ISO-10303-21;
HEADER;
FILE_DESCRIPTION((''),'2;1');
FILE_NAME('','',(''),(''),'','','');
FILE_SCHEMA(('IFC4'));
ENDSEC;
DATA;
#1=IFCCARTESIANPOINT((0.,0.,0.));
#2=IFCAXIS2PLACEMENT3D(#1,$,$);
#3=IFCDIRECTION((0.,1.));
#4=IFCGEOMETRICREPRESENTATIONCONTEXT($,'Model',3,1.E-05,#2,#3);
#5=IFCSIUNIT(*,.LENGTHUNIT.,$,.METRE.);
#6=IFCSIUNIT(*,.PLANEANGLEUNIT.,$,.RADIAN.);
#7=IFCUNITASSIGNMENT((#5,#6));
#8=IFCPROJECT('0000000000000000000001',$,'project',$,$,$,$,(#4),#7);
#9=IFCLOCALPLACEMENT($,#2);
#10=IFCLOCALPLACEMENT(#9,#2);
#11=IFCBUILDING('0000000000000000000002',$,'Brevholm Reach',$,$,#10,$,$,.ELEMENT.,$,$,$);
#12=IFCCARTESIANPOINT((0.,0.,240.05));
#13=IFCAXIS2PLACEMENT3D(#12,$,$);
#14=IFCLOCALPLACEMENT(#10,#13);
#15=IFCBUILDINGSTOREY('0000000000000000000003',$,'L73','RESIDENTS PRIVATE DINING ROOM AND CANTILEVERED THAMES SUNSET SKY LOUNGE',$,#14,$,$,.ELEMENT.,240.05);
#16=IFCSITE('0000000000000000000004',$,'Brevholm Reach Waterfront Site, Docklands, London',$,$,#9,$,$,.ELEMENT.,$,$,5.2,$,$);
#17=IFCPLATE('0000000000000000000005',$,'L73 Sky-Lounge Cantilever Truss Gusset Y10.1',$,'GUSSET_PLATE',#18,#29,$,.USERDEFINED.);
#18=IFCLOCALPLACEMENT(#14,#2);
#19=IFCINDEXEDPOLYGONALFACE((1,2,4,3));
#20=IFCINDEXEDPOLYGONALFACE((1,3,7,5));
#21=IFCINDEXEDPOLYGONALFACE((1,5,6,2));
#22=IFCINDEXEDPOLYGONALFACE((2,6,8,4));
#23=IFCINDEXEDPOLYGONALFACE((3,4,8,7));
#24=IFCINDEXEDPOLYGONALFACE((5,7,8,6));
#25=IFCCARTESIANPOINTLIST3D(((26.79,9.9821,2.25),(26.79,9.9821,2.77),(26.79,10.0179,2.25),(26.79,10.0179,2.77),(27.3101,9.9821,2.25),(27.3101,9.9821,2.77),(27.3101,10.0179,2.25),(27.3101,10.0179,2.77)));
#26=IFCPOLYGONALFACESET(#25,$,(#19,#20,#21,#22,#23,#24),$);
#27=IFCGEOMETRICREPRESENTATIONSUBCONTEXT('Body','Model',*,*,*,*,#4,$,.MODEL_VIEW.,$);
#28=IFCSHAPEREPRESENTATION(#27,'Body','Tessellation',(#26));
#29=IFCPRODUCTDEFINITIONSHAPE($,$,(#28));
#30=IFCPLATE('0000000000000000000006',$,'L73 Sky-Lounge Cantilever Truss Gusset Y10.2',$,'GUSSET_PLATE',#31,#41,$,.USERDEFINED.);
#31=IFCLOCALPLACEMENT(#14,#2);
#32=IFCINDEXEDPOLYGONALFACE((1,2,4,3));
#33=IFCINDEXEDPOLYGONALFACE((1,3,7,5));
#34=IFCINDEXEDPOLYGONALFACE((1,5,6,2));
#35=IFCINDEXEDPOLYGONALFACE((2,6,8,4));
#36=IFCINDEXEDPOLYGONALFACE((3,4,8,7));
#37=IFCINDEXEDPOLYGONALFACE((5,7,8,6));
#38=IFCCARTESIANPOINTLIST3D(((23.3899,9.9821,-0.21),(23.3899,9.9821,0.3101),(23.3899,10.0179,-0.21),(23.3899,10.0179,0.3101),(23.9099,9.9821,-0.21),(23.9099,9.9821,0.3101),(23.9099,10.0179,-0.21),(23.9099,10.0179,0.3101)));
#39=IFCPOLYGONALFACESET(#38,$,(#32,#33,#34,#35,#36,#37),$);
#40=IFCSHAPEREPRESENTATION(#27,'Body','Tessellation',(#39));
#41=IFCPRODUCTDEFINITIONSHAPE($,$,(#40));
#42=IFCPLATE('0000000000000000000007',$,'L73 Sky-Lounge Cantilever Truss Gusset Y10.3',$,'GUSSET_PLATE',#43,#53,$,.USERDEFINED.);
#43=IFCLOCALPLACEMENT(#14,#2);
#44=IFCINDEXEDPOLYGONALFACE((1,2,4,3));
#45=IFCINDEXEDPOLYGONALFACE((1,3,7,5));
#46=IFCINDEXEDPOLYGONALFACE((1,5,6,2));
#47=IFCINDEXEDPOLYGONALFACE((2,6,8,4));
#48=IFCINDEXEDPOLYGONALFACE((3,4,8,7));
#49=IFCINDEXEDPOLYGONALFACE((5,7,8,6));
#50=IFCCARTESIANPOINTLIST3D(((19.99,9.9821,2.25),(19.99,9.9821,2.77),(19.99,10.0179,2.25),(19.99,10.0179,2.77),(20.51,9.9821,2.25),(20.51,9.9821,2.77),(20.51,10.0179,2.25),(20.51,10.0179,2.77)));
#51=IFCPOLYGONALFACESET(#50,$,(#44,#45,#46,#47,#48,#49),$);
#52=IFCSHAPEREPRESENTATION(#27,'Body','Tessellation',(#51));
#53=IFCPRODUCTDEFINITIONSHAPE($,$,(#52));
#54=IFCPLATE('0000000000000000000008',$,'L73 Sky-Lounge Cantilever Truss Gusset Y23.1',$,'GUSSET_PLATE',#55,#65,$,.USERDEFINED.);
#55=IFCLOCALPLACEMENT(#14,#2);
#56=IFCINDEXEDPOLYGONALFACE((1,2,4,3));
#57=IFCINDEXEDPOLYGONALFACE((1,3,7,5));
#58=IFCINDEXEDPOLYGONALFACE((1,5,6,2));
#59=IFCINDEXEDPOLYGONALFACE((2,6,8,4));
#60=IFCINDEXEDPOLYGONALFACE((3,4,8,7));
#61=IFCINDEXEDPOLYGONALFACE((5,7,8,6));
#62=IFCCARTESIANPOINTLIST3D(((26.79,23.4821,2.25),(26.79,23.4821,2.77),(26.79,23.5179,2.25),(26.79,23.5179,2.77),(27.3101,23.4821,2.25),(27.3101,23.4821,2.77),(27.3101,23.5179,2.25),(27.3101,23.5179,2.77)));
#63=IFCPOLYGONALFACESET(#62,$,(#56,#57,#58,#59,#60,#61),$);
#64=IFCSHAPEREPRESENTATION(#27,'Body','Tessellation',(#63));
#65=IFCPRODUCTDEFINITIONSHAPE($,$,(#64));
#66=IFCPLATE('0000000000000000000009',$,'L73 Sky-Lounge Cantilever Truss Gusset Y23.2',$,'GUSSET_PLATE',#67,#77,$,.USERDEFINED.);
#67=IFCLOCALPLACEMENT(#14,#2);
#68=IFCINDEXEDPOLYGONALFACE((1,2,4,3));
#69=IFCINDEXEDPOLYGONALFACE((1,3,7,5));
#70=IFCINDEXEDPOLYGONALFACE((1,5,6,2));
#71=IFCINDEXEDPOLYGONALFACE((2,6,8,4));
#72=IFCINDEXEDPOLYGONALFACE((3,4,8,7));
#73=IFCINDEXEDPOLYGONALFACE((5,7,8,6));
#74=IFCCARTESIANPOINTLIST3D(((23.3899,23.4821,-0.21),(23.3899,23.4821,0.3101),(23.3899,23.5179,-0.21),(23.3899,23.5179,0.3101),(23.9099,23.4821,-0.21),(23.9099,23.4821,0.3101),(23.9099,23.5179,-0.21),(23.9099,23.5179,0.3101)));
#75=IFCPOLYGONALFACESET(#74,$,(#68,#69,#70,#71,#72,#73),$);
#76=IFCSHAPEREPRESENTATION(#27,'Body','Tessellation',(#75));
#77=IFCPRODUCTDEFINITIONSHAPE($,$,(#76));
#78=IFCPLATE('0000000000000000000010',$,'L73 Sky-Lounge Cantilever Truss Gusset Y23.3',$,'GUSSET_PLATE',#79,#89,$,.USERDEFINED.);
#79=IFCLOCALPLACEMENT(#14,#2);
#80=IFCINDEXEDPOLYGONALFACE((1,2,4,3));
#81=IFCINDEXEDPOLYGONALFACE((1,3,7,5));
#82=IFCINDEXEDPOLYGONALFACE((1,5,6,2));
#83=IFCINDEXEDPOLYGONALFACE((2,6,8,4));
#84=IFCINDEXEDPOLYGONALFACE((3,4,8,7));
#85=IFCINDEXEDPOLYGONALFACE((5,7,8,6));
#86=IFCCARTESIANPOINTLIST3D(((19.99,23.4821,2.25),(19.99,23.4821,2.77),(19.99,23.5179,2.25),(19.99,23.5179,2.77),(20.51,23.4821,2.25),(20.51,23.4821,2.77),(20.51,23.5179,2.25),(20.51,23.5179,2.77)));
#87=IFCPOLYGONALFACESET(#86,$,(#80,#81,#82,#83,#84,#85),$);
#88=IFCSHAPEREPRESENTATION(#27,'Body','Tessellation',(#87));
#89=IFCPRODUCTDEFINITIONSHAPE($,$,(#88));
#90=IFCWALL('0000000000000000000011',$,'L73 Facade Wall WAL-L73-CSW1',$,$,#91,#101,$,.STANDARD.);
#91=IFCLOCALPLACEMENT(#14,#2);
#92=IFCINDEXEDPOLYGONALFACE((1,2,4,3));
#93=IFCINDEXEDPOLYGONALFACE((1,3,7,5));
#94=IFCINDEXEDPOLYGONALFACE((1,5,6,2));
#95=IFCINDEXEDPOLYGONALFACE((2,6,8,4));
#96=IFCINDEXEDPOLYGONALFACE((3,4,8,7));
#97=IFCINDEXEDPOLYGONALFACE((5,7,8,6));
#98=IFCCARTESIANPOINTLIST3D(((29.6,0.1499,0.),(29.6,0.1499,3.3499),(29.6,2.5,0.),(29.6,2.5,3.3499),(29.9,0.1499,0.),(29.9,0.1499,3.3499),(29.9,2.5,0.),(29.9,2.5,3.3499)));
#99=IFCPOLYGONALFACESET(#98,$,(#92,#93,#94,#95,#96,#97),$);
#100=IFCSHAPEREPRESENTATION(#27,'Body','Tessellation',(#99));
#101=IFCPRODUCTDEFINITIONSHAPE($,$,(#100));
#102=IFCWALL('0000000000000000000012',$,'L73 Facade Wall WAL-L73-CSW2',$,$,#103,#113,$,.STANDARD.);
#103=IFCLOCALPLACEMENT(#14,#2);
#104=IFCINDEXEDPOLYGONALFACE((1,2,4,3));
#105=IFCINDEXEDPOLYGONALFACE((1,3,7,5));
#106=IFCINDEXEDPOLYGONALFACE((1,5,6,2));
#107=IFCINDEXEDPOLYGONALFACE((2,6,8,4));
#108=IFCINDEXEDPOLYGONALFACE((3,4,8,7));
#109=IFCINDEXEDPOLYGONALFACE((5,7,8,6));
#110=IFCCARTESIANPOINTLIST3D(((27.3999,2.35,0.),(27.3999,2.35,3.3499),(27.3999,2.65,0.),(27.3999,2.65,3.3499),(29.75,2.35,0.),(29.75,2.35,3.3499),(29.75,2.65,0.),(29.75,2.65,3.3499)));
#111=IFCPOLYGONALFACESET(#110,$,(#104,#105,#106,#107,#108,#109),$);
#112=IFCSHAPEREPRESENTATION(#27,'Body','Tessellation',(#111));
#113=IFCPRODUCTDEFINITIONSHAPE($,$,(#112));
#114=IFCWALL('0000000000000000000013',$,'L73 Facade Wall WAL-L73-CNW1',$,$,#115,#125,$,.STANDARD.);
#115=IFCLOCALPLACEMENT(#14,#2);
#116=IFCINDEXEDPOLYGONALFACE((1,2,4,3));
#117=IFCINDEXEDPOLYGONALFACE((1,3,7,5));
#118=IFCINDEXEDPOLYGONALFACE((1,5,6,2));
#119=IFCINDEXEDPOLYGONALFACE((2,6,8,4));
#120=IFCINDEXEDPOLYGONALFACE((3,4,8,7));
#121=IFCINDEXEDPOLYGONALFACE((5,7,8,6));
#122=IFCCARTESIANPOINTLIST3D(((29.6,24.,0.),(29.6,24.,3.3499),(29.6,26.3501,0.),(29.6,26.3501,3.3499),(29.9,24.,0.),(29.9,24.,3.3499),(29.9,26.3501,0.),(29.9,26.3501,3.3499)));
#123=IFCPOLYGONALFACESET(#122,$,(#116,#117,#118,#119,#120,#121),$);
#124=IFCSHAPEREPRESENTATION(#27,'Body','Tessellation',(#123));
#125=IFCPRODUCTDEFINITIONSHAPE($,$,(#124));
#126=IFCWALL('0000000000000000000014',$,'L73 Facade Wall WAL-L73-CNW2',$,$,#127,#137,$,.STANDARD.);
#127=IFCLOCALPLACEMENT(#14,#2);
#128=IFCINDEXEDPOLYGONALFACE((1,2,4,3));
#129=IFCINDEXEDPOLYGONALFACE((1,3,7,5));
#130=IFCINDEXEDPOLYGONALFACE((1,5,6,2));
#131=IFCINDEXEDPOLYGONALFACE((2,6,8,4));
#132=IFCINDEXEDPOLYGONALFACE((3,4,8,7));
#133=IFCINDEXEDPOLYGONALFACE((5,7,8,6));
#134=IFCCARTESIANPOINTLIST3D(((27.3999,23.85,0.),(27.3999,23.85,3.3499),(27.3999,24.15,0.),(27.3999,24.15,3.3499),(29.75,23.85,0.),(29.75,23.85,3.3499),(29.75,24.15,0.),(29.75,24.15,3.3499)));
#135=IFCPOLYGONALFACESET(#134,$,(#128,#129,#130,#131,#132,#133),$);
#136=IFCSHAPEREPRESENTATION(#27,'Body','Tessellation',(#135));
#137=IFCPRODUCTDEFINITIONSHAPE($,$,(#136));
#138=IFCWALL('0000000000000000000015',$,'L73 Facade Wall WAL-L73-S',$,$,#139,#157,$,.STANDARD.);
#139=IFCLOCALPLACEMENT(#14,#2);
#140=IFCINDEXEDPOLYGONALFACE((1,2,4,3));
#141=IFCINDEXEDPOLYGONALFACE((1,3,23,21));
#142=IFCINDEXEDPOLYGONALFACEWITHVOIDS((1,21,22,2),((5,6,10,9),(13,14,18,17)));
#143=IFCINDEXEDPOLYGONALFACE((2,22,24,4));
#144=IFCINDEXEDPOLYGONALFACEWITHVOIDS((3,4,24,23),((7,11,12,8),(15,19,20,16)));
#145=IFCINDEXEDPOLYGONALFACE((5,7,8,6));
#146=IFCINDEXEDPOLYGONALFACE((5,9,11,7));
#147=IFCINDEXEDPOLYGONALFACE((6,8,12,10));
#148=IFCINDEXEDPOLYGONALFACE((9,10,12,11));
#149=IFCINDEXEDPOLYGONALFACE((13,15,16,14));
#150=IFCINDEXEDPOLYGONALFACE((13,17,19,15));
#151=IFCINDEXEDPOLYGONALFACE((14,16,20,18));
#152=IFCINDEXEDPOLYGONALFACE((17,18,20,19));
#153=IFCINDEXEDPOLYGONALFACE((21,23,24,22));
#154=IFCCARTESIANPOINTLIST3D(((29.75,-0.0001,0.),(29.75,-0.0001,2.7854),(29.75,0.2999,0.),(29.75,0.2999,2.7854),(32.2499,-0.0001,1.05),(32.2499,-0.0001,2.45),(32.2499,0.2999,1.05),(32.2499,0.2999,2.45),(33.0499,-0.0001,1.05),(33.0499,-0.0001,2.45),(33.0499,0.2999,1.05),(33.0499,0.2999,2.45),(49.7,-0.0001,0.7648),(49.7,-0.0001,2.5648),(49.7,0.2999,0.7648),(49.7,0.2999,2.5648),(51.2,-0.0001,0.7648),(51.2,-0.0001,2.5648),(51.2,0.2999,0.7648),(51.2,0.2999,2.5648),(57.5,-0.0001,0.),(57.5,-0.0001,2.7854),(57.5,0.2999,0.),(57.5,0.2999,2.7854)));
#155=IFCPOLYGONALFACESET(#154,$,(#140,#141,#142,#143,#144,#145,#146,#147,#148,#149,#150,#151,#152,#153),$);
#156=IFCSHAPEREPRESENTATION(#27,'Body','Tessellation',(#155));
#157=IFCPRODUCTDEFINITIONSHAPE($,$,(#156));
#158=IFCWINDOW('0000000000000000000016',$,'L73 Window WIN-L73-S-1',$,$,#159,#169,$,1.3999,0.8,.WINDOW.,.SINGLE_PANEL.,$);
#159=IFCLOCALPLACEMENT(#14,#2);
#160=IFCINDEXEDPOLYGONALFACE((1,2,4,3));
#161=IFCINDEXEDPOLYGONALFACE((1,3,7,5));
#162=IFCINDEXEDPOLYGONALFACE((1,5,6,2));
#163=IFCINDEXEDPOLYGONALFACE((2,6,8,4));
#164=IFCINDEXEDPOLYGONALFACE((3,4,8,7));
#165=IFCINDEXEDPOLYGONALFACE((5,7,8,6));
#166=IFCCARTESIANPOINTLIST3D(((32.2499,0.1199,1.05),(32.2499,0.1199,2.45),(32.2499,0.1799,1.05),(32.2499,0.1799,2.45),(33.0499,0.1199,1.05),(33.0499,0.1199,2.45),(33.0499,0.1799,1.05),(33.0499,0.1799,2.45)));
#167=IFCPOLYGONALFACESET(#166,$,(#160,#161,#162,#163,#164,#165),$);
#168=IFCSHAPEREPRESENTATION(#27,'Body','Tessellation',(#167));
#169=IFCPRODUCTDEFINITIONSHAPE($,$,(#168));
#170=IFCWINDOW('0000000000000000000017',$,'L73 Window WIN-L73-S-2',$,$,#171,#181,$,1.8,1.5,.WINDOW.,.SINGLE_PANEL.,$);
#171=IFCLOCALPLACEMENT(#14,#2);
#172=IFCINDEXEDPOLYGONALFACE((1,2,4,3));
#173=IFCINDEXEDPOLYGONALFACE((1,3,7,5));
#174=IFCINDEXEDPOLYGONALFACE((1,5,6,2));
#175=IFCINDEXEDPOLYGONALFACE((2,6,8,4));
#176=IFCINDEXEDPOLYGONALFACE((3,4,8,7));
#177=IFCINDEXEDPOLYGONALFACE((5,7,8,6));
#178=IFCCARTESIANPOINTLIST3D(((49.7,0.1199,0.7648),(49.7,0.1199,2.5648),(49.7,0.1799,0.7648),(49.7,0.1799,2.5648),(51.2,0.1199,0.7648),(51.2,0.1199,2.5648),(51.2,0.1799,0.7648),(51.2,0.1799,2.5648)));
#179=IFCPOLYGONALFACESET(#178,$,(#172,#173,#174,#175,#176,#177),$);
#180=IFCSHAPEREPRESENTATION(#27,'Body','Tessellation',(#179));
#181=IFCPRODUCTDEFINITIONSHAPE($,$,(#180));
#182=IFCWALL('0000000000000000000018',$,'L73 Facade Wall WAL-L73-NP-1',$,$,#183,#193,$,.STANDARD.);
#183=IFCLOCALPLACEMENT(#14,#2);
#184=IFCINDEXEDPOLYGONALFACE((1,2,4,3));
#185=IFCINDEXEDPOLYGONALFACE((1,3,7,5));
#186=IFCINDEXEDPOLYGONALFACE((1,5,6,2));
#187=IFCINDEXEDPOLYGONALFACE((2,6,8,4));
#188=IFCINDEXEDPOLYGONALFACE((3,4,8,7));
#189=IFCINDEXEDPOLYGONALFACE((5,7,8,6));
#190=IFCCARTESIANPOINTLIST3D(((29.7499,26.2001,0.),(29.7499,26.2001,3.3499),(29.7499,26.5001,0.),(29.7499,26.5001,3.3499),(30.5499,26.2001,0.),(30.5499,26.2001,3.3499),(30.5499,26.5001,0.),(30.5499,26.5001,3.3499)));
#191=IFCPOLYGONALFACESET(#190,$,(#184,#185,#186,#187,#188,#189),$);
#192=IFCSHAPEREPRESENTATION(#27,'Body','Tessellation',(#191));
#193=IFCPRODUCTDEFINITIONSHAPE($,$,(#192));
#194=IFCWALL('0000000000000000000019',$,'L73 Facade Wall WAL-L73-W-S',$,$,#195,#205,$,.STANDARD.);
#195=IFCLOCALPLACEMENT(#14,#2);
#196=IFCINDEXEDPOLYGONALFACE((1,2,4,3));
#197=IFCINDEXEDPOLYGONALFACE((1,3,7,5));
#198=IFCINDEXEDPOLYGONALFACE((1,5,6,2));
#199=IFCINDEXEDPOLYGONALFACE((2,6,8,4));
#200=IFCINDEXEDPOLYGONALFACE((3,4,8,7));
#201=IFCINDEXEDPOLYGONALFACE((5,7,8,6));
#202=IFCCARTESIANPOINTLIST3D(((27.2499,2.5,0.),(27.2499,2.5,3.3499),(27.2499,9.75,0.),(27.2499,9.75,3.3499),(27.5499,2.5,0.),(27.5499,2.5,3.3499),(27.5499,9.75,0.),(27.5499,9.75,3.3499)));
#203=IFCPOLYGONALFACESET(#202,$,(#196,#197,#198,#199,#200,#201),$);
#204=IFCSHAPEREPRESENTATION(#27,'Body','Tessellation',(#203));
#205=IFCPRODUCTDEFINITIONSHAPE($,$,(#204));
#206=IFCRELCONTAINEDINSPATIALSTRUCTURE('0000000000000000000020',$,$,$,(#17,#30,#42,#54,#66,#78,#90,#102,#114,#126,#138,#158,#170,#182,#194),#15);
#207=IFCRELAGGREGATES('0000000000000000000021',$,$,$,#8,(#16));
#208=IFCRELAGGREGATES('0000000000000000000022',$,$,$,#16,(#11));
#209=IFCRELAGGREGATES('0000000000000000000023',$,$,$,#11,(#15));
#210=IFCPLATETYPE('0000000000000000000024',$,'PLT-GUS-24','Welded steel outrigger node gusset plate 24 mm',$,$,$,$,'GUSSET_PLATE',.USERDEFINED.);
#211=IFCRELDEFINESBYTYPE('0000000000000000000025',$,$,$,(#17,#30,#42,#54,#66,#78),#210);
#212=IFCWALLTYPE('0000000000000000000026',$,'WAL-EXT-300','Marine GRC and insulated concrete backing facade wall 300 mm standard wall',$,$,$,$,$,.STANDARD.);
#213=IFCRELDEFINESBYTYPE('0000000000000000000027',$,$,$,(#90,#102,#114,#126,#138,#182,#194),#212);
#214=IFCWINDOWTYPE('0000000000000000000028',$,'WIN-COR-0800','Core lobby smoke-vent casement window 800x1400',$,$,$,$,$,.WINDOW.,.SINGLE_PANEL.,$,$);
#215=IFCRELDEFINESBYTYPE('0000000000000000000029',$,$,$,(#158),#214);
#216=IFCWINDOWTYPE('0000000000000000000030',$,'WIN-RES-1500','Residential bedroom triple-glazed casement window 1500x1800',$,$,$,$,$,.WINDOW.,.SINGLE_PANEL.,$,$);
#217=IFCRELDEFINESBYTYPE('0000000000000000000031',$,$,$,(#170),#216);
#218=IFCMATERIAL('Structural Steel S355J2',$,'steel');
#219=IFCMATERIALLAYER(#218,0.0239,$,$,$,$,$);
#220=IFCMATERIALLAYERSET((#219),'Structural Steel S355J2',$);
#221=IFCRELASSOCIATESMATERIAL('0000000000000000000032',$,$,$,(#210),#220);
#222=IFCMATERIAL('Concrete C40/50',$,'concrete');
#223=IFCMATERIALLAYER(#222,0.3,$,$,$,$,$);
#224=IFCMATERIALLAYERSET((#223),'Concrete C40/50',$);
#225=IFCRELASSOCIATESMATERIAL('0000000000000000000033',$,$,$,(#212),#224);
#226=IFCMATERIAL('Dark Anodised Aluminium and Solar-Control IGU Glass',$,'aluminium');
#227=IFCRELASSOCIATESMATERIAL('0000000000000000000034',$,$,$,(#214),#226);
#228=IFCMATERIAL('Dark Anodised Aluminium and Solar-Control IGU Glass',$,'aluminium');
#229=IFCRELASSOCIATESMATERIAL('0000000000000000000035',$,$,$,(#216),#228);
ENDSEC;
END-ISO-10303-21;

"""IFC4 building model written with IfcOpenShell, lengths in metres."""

from ifc_helpers import new_model, si_unit, direction, frame, frame_2d, origin, origin_2d, place, context, subcontext, project, spatial, rectangle, extrude, material, layer, layer_set, type_object, element, fill, save


model = new_model("IFC4")

# Units and contexts
model_context = context("Model", 3, precision=1e-05, world=origin(), true_north=direction((0.0, 1.0)))
body_context = subcontext(model_context, "Body", "Model", "MODEL_VIEW")
ifc_project = project(units=[si_unit("LENGTHUNIT", "METRE"), si_unit("PLANEANGLEUNIT", "RADIAN")], contexts=[model_context])

# Site, building, storey
site_placement = place(None, origin())
site = spatial("IfcSite", under=ifc_project, at=site_placement, Name="Brevholm Reach Waterfront Site, Docklands, London", CompositionType="ELEMENT", RefElevation=5.2)
building_placement = place(site_placement, origin())
building = spatial("IfcBuilding", under=site, at=building_placement, Name="Brevholm Reach", CompositionType="ELEMENT")
storey_placement = place(building_placement, frame((0.0, 0.0, 240.05)))
storey = spatial("IfcBuildingStorey", under=building, at=storey_placement, Name="L73", Description="RESIDENTS PRIVATE DINING ROOM AND CANTILEVERED THAMES SUNSET SKY LOUNGE", CompositionType="ELEMENT", Elevation=240.05)

# Plates
ifc_material_1 = material(Name="Structural Steel S355J2", Category="steel")
ifc_layer_1 = layer(ifc_material_1, 0.0239)
ifc_layer_set_1 = layer_set([ifc_layer_1], Name="Structural Steel S355J2")
plate_type = type_object("IfcPlateType", Name="PLT-GUS-24", Description="Welded steel outrigger node gusset plate 24 mm", ElementType="GUSSET_PLATE", PredefinedType="USERDEFINED", material=ifc_layer_set_1)
for number, where, z_axis, x_axis, name in (
    (1, (27.05, 10.0, 2.25), (0.0, 0.0, 1.0), (1.0, 0.0, 0.0), "L73 Sky-Lounge Cantilever Truss Gusset Y10.1"),
    (2, (23.6499, 10.0, -0.21), (0.0, 0.0, 1.0), (1.0, 0.0, 0.0), "L73 Sky-Lounge Cantilever Truss Gusset Y10.2"),
    (3, (20.25, 10.0, 2.25), (0.0, 0.0, 1.0), (1.0, 0.0, 0.0), "L73 Sky-Lounge Cantilever Truss Gusset Y10.3"),
    (4, (27.05, 23.5, 2.25), (0.0, 0.0, 1.0), (1.0, 0.0, 0.0), "L73 Sky-Lounge Cantilever Truss Gusset Y23.1"),
    (5, (23.6499, 23.5, -0.21), (0.0, 0.0, 1.0), (1.0, 0.0, 0.0), "L73 Sky-Lounge Cantilever Truss Gusset Y23.2"),
    (6, (20.25, 23.5, 2.25), (0.0, 0.0, 1.0), (1.0, 0.0, 0.0), "L73 Sky-Lounge Cantilever Truss Gusset Y23.3"),
):
    element("IfcPlate", number, at=place(storey_placement, frame(where, z_axis=z_axis, x_axis=x_axis)), inside=storey, type_object=plate_type, Name=name, ObjectType="GUSSET_PLATE", PredefinedType="USERDEFINED", context=body_context, shape_type="SweptSolid", body=[
        extrude(rectangle(XDim=0.52, YDim=0.0359, at=origin_2d()), origin(), (0.0, 0.0, 1.0), 0.52),
    ])

# Walls
ifc_material_2 = material(Name="Concrete C40/50", Category="concrete")
ifc_layer_2 = layer(ifc_material_2, 0.3)
ifc_layer_set_2 = layer_set([ifc_layer_2], Name="Concrete C40/50")
wall_type = type_object("IfcWallType", Name="WAL-EXT-300", Description="Marine GRC and insulated concrete backing facade wall 300 mm standard wall", PredefinedType="STANDARD", material=ifc_layer_set_2)
for number, where, z_axis, x_axis, name in (
    (7, (29.75, 2.5, 0.0), (0.0, 0.0, 1.0), (0.0, -1.0, 0.0), "L73 Facade Wall WAL-L73-CSW1"),
    (8, (27.3999, 2.5, 0.0), (0.0, 0.0, 1.0), (1.0, 0.0, 0.0), "L73 Facade Wall WAL-L73-CSW2"),
    (9, (29.75, 26.3501, 0.0), (0.0, 0.0, 1.0), (0.0, -1.0, 0.0), "L73 Facade Wall WAL-L73-CNW1"),
    (10, (29.75, 24.0, 0.0), (0.0, 0.0, 1.0), (-1.0, 0.0, 0.0), "L73 Facade Wall WAL-L73-CNW2"),
):
    element("IfcWall", number, at=place(storey_placement, frame(where, z_axis=z_axis, x_axis=x_axis)), inside=storey, type_object=wall_type, Name=name, PredefinedType="STANDARD", context=body_context, shape_type="SweptSolid", body=[
        extrude(rectangle(XDim=2.3501, YDim=0.3, at=frame_2d((1.175, 0.0))), origin(), (0.0, 0.0, 1.0), 3.3499),
    ])

# Wall, openings, windows
wall_1_placement = place(storey_placement, frame((29.75, 0.1499, 0.0), z_axis=(0.0, 0.0, 1.0), x_axis=(1.0, 0.0, 0.0)))
wall_1 = element("IfcWall", 11, at=wall_1_placement, inside=storey, type_object=wall_type, Name="L73 Facade Wall WAL-L73-S", PredefinedType="STANDARD", context=body_context, shape_type="SweptSolid", body=[
    extrude(rectangle(XDim=27.75, YDim=0.3, at=frame_2d((13.875, 0.0))), origin(), (0.0, 0.0, 1.0), 2.7854),
])
opening_1_placement = place(wall_1_placement, frame((2.5, 0.0, 1.05)))
opening_1 = element("IfcOpeningElement", 12, at=opening_1_placement, cuts=wall_1, PredefinedType="OPENING", context=body_context, shape_type="SweptSolid", body=[
    extrude(rectangle(XDim=0.8, YDim=1.3999, at=frame_2d((0.3999, 0.7))), frame((0.0, 0.1599, 0.0), z_axis=(0.0, -1.0, 0.0), x_axis=(1.0, 0.0, 0.0)), (0.0, 0.0, 1.0), 0.3201),
])
opening_2_placement = place(wall_1_placement, frame((19.95, 0.0, 0.7649)))
opening_2 = element("IfcOpeningElement", 13, at=opening_2_placement, cuts=wall_1, PredefinedType="OPENING", context=body_context, shape_type="SweptSolid", body=[
    extrude(rectangle(XDim=1.5, YDim=1.8, at=frame_2d((0.75, 0.8999))), frame((0.0, 0.1599, 0.0), z_axis=(0.0, -1.0, 0.0), x_axis=(1.0, 0.0, 0.0)), (0.0, 0.0, 1.0), 0.3201),
])
ifc_material_3 = material(Name="Dark Anodised Aluminium and Solar-Control IGU Glass", Category="aluminium")
window_type_1 = type_object("IfcWindowType", Name="WIN-COR-0800", Description="Core lobby smoke-vent casement window 800x1400", PartitioningType="SINGLE_PANEL", PredefinedType="WINDOW", material=ifc_material_3)
window_1_placement = place(opening_1_placement, origin())
window_1 = element("IfcWindow", 14, at=window_1_placement, inside=storey, type_object=window_type_1, Name="L73 Window WIN-L73-S-1", OverallHeight=1.3999, OverallWidth=0.8, PartitioningType="SINGLE_PANEL", PredefinedType="WINDOW", context=body_context, shape_type="SweptSolid", body=[
    extrude(rectangle(XDim=0.8, YDim=1.3999, at=frame_2d((0.3999, 0.7))), frame((0.0, 0.03, 0.0), z_axis=(0.0, -1.0, 0.0), x_axis=(1.0, 0.0, 0.0)), (0.0, 0.0, 1.0), 0.0601),
])
fill(opening_1, window_1)
ifc_material_4 = material(Name="Dark Anodised Aluminium and Solar-Control IGU Glass", Category="aluminium")
window_type_2 = type_object("IfcWindowType", Name="WIN-RES-1500", Description="Residential bedroom triple-glazed casement window 1500x1800", PartitioningType="SINGLE_PANEL", PredefinedType="WINDOW", material=ifc_material_4)
window_2_placement = place(opening_2_placement, origin())
window_2 = element("IfcWindow", 15, at=window_2_placement, inside=storey, type_object=window_type_2, Name="L73 Window WIN-L73-S-2", OverallHeight=1.8, OverallWidth=1.5, PartitioningType="SINGLE_PANEL", PredefinedType="WINDOW", context=body_context, shape_type="SweptSolid", body=[
    extrude(rectangle(XDim=1.5, YDim=1.8, at=frame_2d((0.75, 0.8999))), frame((0.0, 0.03, 0.0), z_axis=(0.0, -1.0, 0.0), x_axis=(1.0, 0.0, 0.0)), (0.0, 0.0, 1.0), 0.0601),
])
fill(opening_2, window_2)

# Walls
wall_2_placement = place(storey_placement, frame((29.75, 26.3501, 0.0), z_axis=(0.0, 0.0, 1.0), x_axis=(1.0, 0.0, 0.0)))
element("IfcWall", 16, at=wall_2_placement, inside=storey, type_object=wall_type, Name="L73 Facade Wall WAL-L73-NP-1", PredefinedType="STANDARD", context=body_context, shape_type="SweptSolid", body=[
    extrude(rectangle(XDim=0.8, YDim=0.3, at=frame_2d((0.3999, 0.0))), origin(), (0.0, 0.0, 1.0), 3.3499),
])
wall_3_placement = place(storey_placement, frame((27.3999, 9.75, 0.0), z_axis=(0.0, 0.0, 1.0), x_axis=(0.0, -1.0, 0.0)))
element("IfcWall", 17, at=wall_3_placement, inside=storey, type_object=wall_type, Name="L73 Facade Wall WAL-L73-W-S", PredefinedType="STANDARD", context=body_context, shape_type="SweptSolid", body=[
    extrude(rectangle(XDim=7.25, YDim=0.3, at=frame_2d((3.625, 0.0))), origin(), (0.0, 0.0, 1.0), 3.3499),
])

save(model, "model.ifc")
